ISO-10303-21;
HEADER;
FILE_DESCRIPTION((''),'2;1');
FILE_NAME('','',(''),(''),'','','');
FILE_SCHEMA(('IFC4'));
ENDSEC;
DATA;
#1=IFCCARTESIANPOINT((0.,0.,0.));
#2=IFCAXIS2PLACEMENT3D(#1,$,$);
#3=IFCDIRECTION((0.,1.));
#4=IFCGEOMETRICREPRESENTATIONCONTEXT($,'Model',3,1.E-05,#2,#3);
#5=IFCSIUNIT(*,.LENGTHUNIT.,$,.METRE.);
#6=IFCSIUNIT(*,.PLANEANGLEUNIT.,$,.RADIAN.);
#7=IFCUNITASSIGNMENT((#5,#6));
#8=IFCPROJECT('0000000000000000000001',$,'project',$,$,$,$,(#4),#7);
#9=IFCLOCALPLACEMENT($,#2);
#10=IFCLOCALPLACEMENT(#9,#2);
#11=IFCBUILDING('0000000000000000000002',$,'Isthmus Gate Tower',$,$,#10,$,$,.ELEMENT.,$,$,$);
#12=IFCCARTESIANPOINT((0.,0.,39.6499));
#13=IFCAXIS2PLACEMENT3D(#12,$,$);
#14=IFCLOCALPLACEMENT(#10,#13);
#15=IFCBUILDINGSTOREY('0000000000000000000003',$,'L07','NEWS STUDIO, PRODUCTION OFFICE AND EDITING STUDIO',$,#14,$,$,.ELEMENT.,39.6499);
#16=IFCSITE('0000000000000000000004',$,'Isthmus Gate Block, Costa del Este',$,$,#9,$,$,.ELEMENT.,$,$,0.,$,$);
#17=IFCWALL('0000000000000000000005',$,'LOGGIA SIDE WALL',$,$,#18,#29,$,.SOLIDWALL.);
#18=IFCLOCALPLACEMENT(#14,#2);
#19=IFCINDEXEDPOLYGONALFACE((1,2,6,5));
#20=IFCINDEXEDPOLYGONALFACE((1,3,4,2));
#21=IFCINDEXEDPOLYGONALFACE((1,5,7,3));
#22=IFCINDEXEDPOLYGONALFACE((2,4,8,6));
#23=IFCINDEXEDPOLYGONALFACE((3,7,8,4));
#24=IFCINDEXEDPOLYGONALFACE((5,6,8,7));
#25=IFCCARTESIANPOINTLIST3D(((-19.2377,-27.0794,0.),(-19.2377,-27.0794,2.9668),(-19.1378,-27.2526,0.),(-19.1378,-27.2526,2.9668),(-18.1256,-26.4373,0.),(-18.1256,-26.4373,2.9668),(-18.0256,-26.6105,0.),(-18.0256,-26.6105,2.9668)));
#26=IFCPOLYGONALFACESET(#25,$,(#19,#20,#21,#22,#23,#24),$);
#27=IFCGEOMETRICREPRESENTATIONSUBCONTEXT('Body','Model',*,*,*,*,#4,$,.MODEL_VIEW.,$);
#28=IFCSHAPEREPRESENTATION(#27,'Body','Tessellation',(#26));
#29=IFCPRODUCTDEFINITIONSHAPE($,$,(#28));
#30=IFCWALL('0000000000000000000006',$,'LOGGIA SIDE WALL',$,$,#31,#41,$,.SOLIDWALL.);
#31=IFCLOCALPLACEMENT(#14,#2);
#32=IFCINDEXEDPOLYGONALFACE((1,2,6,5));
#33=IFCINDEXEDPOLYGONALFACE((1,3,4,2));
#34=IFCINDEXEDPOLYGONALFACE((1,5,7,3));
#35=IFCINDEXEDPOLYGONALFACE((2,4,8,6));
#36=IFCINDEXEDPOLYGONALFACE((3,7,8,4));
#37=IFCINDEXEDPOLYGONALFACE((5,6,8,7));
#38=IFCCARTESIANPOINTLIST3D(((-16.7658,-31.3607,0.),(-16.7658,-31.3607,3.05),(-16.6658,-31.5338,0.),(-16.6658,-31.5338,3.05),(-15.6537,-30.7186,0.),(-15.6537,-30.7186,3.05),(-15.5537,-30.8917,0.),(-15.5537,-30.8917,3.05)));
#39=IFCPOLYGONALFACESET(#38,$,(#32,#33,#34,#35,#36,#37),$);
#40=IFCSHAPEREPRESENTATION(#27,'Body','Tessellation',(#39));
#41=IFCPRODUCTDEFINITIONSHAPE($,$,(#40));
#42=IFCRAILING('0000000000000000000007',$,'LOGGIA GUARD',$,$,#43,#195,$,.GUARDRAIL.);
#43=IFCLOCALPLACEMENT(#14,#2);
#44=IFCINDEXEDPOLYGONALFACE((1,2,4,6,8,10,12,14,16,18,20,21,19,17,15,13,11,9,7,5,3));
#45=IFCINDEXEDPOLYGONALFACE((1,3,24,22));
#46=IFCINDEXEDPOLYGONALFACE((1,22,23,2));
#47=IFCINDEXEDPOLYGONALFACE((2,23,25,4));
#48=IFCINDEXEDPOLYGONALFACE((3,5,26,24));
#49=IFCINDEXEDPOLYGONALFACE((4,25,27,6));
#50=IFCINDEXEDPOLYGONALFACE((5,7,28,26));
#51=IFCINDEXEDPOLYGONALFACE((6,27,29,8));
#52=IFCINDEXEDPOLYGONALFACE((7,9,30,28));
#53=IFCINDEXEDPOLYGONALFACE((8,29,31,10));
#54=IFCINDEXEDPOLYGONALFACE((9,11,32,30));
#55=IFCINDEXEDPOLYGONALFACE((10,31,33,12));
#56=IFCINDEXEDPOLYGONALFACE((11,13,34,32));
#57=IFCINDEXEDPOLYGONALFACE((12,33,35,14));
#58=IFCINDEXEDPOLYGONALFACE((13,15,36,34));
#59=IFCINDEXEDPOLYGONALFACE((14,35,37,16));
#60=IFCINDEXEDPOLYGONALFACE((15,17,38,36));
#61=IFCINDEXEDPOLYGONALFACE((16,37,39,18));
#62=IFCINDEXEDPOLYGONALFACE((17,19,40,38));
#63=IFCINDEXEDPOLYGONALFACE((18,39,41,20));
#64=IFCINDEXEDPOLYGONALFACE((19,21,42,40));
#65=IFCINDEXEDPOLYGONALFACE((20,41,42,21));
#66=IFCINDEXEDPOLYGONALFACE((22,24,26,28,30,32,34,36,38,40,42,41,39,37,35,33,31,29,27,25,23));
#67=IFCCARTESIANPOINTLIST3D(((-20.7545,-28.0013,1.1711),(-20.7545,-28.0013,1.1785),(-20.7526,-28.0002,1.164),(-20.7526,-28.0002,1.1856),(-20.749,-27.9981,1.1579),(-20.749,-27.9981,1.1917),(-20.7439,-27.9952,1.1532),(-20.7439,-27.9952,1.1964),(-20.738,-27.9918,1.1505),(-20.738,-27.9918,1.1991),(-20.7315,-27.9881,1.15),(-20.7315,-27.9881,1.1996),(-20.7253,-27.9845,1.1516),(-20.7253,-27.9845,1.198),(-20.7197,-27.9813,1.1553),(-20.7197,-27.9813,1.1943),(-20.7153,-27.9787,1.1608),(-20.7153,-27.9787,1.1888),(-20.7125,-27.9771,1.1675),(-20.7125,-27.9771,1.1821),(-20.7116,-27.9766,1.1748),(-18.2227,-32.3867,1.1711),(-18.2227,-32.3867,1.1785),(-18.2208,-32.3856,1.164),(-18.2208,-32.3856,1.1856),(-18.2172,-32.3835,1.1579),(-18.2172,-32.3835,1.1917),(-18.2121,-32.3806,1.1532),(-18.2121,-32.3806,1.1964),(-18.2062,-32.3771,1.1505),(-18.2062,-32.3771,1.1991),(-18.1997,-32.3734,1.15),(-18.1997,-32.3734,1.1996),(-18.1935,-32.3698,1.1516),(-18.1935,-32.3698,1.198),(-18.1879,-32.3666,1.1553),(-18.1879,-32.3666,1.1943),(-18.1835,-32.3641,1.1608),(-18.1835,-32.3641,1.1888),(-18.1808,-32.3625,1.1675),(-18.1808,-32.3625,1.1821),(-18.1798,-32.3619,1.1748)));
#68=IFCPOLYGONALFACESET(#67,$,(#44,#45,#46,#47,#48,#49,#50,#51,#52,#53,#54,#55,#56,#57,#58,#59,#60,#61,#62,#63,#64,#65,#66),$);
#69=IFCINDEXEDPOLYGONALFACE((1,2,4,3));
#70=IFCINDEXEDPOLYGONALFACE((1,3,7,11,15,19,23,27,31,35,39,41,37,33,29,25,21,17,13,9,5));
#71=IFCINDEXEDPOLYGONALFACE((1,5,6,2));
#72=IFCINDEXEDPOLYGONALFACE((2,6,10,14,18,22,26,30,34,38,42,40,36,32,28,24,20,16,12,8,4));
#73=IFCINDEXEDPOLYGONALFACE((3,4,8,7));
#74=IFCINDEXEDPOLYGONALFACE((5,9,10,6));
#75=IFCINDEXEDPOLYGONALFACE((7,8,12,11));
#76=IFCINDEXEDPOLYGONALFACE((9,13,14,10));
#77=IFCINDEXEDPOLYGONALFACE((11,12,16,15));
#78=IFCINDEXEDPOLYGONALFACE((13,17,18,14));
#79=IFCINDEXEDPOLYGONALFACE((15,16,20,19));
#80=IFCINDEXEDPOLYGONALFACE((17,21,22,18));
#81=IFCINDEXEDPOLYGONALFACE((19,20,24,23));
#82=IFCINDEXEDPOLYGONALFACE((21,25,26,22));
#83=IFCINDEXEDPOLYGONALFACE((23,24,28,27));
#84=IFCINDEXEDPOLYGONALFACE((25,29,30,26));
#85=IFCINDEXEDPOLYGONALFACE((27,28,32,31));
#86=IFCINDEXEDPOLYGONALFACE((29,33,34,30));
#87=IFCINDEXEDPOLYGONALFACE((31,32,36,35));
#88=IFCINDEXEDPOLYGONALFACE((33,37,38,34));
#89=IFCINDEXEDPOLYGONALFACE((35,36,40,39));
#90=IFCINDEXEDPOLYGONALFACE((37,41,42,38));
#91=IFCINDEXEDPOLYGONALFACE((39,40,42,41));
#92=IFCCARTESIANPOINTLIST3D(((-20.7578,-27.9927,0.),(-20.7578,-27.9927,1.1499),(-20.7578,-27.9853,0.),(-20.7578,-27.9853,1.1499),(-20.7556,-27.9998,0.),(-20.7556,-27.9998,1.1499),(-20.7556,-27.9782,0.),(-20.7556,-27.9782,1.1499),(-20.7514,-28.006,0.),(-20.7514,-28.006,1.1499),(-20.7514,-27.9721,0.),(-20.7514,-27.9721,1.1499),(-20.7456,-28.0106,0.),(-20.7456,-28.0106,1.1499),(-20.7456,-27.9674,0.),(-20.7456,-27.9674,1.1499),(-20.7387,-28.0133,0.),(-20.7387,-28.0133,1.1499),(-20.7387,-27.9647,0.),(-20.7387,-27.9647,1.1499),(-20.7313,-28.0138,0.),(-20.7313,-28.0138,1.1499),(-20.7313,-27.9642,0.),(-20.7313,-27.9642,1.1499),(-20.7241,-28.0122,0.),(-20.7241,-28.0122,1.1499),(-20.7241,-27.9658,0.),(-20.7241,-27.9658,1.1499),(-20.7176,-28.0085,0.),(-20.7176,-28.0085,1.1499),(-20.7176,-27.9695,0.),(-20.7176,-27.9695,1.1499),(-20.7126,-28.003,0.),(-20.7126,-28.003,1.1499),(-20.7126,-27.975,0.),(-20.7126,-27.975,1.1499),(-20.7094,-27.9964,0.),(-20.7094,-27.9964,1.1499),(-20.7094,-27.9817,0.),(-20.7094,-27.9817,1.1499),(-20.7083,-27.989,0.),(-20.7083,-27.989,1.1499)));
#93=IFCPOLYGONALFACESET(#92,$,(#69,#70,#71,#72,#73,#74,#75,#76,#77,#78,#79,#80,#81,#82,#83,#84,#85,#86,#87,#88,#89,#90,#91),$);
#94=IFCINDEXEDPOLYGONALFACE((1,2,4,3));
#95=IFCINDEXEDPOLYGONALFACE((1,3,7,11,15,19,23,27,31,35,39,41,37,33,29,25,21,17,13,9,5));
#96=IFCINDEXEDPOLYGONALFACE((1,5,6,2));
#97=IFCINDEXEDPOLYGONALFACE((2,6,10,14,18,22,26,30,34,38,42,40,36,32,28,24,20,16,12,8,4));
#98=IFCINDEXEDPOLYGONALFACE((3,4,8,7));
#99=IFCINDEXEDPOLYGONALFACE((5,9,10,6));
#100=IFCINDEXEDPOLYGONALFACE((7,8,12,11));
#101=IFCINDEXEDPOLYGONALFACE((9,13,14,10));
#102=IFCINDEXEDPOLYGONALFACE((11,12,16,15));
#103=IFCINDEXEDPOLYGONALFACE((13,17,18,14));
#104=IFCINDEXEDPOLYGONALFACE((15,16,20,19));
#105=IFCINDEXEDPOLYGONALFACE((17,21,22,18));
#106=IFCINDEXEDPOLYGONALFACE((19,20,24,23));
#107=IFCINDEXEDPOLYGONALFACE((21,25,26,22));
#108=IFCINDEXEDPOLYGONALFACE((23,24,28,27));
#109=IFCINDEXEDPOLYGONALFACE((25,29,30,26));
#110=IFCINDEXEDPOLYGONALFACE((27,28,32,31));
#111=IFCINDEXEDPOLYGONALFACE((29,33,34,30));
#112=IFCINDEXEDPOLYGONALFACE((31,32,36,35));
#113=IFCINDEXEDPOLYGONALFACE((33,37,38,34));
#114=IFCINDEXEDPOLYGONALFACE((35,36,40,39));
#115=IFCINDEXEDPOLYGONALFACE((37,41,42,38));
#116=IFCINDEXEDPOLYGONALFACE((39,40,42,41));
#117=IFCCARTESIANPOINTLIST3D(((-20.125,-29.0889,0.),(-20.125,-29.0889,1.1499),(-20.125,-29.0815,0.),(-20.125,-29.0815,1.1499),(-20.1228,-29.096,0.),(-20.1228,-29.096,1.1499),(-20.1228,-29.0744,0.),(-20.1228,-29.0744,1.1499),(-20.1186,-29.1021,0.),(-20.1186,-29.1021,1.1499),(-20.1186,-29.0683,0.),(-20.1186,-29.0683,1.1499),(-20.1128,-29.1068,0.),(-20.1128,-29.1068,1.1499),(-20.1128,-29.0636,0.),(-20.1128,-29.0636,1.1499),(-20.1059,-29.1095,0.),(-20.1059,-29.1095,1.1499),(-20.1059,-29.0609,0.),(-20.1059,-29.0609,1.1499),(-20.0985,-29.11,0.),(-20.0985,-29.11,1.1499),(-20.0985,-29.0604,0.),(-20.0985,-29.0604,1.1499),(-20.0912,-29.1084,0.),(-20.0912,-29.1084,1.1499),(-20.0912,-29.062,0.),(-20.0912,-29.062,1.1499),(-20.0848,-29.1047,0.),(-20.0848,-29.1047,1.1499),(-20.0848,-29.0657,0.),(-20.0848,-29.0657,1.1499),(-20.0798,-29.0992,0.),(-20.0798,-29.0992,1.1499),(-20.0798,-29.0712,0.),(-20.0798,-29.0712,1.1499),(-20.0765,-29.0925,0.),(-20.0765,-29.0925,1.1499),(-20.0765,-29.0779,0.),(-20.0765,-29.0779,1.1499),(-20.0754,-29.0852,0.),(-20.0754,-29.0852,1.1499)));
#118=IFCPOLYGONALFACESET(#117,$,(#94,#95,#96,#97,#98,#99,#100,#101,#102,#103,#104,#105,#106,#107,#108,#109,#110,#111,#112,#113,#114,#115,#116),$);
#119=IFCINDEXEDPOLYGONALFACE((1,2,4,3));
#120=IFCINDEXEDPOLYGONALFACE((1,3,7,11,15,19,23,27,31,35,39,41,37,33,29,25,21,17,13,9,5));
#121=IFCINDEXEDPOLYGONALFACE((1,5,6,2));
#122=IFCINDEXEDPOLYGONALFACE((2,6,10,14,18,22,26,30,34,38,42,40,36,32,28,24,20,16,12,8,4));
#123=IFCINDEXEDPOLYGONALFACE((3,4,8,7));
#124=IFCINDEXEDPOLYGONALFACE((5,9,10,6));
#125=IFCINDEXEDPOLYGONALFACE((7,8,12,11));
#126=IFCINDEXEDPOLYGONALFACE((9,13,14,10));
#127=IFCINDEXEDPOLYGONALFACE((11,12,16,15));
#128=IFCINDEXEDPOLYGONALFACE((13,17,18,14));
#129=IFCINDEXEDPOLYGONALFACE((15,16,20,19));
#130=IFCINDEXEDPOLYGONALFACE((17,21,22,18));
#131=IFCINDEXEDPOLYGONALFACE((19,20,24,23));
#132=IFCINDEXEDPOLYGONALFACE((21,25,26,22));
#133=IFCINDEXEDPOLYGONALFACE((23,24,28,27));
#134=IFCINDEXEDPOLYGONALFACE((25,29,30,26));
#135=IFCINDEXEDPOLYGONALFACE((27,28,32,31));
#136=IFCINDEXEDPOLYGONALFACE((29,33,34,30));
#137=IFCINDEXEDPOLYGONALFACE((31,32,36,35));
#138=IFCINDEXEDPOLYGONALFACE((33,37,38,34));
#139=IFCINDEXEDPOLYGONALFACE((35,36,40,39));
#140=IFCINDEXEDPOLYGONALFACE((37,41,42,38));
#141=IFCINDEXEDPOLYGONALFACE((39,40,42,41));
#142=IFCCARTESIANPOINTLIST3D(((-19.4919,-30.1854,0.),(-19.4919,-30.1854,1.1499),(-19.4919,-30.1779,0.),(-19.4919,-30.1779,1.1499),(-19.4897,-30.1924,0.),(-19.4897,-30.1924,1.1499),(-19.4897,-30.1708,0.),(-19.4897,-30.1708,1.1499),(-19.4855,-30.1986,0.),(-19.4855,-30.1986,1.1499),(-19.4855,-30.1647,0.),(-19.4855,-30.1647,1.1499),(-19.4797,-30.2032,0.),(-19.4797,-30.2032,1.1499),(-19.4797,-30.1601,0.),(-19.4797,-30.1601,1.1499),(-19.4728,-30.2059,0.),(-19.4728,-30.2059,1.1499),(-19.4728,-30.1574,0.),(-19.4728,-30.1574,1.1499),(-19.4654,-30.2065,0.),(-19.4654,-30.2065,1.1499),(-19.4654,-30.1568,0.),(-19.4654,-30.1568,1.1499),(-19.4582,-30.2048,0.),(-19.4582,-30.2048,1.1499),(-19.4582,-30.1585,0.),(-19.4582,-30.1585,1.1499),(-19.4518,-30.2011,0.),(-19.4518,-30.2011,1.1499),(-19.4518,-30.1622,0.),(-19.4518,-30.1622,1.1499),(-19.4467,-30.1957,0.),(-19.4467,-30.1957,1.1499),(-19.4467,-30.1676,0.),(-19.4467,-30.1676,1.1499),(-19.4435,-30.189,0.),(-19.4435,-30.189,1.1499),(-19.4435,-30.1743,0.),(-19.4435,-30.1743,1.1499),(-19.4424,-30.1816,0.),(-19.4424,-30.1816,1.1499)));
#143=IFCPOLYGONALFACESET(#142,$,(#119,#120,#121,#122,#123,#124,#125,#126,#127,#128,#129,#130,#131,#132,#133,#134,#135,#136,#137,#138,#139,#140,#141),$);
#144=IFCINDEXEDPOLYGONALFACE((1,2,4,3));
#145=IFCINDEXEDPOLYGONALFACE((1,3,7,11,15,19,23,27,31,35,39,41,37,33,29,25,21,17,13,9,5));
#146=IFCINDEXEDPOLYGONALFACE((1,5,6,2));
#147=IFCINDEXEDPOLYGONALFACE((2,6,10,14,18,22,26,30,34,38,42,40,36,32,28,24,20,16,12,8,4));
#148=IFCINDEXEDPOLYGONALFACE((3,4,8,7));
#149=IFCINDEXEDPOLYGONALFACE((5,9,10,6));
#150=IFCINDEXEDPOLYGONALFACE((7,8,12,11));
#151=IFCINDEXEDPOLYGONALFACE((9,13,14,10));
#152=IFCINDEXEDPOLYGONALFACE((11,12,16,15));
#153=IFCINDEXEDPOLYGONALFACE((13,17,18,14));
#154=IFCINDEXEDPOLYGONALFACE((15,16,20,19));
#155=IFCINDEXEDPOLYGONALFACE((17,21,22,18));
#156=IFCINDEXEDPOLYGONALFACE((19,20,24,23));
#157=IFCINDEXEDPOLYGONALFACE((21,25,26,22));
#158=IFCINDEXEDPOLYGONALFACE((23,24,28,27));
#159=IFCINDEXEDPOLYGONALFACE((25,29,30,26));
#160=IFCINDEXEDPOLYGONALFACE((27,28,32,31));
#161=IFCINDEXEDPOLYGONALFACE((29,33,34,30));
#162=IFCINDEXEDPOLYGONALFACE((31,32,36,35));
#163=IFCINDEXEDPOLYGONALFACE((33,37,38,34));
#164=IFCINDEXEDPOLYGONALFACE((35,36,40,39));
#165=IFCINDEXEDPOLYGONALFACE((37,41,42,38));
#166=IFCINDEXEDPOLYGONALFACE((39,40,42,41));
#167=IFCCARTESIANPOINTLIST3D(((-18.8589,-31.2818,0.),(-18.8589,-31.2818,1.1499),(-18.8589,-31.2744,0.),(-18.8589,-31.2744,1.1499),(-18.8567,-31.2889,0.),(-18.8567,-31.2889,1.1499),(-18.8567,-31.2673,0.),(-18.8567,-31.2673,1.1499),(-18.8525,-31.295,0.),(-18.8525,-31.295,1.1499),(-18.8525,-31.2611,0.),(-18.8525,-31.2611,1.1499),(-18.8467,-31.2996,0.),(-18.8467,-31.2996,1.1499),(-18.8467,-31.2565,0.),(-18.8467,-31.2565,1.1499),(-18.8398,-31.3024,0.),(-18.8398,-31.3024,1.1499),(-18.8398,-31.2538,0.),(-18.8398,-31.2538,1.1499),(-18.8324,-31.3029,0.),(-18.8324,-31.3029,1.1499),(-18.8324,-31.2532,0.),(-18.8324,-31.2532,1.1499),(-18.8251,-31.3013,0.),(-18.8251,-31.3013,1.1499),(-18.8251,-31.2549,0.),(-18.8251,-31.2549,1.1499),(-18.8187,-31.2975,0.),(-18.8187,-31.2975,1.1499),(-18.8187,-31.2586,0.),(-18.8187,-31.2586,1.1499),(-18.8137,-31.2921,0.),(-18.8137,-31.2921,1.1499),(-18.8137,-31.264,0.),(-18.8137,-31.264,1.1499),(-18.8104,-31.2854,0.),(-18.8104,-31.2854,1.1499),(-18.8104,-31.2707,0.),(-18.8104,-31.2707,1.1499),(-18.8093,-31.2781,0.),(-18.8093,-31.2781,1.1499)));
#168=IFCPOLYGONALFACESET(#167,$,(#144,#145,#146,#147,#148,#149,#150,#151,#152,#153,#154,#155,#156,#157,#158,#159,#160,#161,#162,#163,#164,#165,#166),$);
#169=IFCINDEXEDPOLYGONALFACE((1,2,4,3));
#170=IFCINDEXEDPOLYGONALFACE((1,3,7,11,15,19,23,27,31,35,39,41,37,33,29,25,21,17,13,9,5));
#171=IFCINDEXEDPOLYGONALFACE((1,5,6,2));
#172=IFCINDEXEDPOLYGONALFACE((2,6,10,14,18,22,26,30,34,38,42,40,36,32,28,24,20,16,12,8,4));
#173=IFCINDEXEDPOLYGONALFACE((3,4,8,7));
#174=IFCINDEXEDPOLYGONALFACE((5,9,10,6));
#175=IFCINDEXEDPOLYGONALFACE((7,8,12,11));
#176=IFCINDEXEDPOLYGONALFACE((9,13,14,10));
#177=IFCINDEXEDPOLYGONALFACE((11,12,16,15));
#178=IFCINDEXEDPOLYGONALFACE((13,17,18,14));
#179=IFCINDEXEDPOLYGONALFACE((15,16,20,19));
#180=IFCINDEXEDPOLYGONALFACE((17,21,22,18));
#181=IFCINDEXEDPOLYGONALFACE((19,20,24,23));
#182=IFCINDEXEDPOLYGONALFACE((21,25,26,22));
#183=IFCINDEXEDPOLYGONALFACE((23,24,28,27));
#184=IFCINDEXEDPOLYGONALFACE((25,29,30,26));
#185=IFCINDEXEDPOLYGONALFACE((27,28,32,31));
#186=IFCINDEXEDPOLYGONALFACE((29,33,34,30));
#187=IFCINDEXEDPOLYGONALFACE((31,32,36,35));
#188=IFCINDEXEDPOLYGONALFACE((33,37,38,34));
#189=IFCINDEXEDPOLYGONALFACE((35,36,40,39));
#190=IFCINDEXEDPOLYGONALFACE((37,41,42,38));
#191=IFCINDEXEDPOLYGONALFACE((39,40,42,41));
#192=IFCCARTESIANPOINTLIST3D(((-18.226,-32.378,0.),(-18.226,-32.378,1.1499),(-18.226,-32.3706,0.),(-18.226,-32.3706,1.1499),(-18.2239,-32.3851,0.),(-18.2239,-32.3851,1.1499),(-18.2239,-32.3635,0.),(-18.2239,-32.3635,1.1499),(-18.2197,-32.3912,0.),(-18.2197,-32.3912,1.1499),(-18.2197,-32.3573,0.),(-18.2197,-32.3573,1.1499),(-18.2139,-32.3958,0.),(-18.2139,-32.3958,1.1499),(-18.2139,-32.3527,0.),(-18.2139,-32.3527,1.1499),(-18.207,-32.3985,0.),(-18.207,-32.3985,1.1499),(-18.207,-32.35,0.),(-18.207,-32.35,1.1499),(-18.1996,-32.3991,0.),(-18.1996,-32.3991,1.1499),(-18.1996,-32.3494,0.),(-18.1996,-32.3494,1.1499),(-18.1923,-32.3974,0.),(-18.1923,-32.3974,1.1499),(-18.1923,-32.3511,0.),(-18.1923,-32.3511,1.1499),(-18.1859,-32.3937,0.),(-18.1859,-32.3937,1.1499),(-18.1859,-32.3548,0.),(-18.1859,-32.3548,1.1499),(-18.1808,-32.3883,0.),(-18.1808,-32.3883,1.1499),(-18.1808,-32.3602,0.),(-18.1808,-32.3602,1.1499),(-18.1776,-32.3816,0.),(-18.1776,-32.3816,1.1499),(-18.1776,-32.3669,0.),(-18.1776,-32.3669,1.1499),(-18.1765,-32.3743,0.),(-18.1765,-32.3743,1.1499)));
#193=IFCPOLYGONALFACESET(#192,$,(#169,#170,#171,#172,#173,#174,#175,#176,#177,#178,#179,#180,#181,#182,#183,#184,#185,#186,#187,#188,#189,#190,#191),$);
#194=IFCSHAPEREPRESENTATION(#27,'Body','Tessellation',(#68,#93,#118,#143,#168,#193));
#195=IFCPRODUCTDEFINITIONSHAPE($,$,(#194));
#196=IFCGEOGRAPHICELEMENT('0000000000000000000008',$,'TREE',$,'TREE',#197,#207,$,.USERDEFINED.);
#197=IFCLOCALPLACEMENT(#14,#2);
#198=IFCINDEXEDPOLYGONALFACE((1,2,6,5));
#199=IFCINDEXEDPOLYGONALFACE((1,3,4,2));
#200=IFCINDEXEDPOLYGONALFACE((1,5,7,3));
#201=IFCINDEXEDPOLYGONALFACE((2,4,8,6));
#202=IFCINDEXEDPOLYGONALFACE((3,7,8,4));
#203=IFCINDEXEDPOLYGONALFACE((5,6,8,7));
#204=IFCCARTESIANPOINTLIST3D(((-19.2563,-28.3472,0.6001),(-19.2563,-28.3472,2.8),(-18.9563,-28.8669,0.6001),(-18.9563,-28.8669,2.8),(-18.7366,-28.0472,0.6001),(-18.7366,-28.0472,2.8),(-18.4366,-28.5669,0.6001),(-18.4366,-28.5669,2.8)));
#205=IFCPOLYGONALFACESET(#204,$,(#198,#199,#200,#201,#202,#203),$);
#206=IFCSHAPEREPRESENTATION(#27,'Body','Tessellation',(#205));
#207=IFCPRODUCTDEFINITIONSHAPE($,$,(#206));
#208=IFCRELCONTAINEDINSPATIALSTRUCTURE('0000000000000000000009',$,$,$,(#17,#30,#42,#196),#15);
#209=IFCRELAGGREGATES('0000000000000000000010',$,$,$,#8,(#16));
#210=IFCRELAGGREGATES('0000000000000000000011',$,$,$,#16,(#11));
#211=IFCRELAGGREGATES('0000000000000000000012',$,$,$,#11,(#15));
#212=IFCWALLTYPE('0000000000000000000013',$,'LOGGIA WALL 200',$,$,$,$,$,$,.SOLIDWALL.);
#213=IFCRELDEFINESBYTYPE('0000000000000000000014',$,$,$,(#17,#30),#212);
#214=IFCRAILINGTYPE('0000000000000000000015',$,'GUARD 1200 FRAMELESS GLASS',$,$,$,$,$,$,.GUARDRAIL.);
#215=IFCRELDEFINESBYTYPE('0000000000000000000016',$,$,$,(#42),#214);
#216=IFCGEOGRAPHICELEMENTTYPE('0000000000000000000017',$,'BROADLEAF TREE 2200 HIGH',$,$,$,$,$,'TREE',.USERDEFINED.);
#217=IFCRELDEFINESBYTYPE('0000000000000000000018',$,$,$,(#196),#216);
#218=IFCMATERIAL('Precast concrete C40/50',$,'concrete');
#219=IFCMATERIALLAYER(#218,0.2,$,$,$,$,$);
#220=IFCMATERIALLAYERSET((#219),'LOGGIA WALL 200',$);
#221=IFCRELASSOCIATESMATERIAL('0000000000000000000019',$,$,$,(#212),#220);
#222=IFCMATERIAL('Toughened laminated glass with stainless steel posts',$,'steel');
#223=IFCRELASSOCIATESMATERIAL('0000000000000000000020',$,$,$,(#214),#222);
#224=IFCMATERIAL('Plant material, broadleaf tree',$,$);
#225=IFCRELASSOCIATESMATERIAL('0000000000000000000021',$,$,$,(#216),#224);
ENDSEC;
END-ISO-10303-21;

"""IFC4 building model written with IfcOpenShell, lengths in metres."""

from ifc_helpers import new_model, si_unit, direction, frame, frame_2d, origin, origin_2d, place, context, subcontext, project, spatial, rectangle, circle, extrude, material, layer, layer_set, type_object, element, save


model = new_model("IFC4")

# Units and contexts
model_context = context("Model", 3, precision=1e-05, world=origin(), true_north=direction((0.0, 1.0)))
body_context = subcontext(model_context, "Body", "Model", "MODEL_VIEW")
ifc_project = project(units=[si_unit("LENGTHUNIT", "METRE"), si_unit("PLANEANGLEUNIT", "RADIAN")], contexts=[model_context])

# Site, building, storey
site_placement = place(None, origin())
site = spatial("IfcSite", under=ifc_project, at=site_placement, Name="Isthmus Gate Block, Costa del Este", CompositionType="ELEMENT", RefElevation=0.0)
building_placement = place(site_placement, origin())
building = spatial("IfcBuilding", under=site, at=building_placement, Name="Isthmus Gate Tower", CompositionType="ELEMENT")
storey_placement = place(building_placement, frame((0.0, 0.0, 39.6499)))
storey = spatial("IfcBuildingStorey", under=building, at=storey_placement, Name="L07", Description="NEWS STUDIO, PRODUCTION OFFICE AND EDITING STUDIO", CompositionType="ELEMENT", Elevation=39.6499)

# Shared definitions
ifc_material_1 = material(Name="Precast concrete C40/50", Category="concrete")
ifc_layer_1 = layer(ifc_material_1, 0.2)
ifc_layer_set_1 = layer_set([ifc_layer_1], Name="LOGGIA WALL 200")
wall_type = type_object("IfcWallType", Name="LOGGIA WALL 200", PredefinedType="SOLIDWALL", material=ifc_layer_set_1)

# Walls
wall_1_placement = place(storey_placement, frame((-19.1877, -27.166, 0.0), z_axis=(0.0, 0.0, 1.0), x_axis=(0.866011, 0.500024, 0.0)))
element("IfcWall", 1, at=wall_1_placement, inside=storey, type_object=wall_type, Name="LOGGIA SIDE WALL", PredefinedType="SOLIDWALL", context=body_context, shape_type="SweptSolid", body=[
    extrude(rectangle(XDim=1.2842, YDim=0.2, at=frame_2d((0.6421, 0.0))), origin(), (0.0, 0.0, 1.0), 2.9668),
])
wall_2_placement = place(storey_placement, frame((-16.7158, -31.4473, 0.0), z_axis=(0.0, 0.0, 1.0), x_axis=(0.866011, 0.500024, 0.0)))
element("IfcWall", 2, at=wall_2_placement, inside=storey, type_object=wall_type, Name="LOGGIA SIDE WALL", PredefinedType="SOLIDWALL", context=body_context, shape_type="SweptSolid", body=[
    extrude(rectangle(XDim=1.2842, YDim=0.2, at=frame_2d((0.6421, 0.0))), origin(), (0.0, 0.0, 1.0), 3.05),
])

# Railing
ifc_material_2 = material(Name="Toughened laminated glass with stainless steel posts", Category="steel")
railing_type = type_object("IfcRailingType", Name="GUARD 1200 FRAMELESS GLASS", PredefinedType="GUARDRAIL", material=ifc_material_2)
railing_placement = place(storey_placement, frame((-20.7332, -27.989, 0.0)))
element("IfcRailing", 3, at=railing_placement, inside=storey, type_object=railing_type, Name="LOGGIA GUARD", PredefinedType="GUARDRAIL", context=body_context, shape_type="SweptSolid", body=[
    extrude(circle(Radius=0.0249, at=origin_2d()), frame((0.0, 0.0, 1.1748), z_axis=(0.499987, -0.866033, 0.0), x_axis=(0.866033, 0.499987, 0.0)), (0.0, 0.0, 1.0), 5.0637),
    extrude(circle(Radius=0.0249, at=origin_2d()), origin(), (0.0, 0.0, 1.0), 1.1499),
    extrude(circle(Radius=0.0249, at=origin_2d()), frame((0.6328, -1.0962, 0.0)), (0.0, 0.0, 1.0), 1.1499),
    extrude(circle(Radius=0.0249, at=origin_2d()), frame((1.2659, -2.1926, 0.0)), (0.0, 0.0, 1.0), 1.1499),
    extrude(circle(Radius=0.0249, at=origin_2d()), frame((1.8989, -3.2891, 0.0)), (0.0, 0.0, 1.0), 1.1499),
    extrude(circle(Radius=0.0249, at=origin_2d()), frame((2.5317, -4.3853, 0.0)), (0.0, 0.0, 1.0), 1.1499),
])

# Geographic element
ifc_material_3 = material(Name="Plant material, broadleaf tree")
geographic_element_type = type_object("IfcGeographicElementType", Name="BROADLEAF TREE 2200 HIGH", ElementType="TREE", PredefinedType="USERDEFINED", material=ifc_material_3)
for number, where, z_axis, x_axis, name in (
    (4, (-18.8464, -28.457, 0.6001), (0.0, 0.0, 1.0), (0.5, -0.866025, 0.0), "TREE"),
):
    element("IfcGeographicElement", number, at=place(storey_placement, frame(where, z_axis=z_axis, x_axis=x_axis)), inside=storey, type_object=geographic_element_type, Name=name, ObjectType="TREE", PredefinedType="USERDEFINED", context=body_context, shape_type="SweptSolid", body=[
        extrude(rectangle(XDim=0.6001, YDim=0.6001, at=origin_2d()), origin(), (0.0, 0.0, 1.0), 2.2),
    ])

save(model, "model.ifc")
